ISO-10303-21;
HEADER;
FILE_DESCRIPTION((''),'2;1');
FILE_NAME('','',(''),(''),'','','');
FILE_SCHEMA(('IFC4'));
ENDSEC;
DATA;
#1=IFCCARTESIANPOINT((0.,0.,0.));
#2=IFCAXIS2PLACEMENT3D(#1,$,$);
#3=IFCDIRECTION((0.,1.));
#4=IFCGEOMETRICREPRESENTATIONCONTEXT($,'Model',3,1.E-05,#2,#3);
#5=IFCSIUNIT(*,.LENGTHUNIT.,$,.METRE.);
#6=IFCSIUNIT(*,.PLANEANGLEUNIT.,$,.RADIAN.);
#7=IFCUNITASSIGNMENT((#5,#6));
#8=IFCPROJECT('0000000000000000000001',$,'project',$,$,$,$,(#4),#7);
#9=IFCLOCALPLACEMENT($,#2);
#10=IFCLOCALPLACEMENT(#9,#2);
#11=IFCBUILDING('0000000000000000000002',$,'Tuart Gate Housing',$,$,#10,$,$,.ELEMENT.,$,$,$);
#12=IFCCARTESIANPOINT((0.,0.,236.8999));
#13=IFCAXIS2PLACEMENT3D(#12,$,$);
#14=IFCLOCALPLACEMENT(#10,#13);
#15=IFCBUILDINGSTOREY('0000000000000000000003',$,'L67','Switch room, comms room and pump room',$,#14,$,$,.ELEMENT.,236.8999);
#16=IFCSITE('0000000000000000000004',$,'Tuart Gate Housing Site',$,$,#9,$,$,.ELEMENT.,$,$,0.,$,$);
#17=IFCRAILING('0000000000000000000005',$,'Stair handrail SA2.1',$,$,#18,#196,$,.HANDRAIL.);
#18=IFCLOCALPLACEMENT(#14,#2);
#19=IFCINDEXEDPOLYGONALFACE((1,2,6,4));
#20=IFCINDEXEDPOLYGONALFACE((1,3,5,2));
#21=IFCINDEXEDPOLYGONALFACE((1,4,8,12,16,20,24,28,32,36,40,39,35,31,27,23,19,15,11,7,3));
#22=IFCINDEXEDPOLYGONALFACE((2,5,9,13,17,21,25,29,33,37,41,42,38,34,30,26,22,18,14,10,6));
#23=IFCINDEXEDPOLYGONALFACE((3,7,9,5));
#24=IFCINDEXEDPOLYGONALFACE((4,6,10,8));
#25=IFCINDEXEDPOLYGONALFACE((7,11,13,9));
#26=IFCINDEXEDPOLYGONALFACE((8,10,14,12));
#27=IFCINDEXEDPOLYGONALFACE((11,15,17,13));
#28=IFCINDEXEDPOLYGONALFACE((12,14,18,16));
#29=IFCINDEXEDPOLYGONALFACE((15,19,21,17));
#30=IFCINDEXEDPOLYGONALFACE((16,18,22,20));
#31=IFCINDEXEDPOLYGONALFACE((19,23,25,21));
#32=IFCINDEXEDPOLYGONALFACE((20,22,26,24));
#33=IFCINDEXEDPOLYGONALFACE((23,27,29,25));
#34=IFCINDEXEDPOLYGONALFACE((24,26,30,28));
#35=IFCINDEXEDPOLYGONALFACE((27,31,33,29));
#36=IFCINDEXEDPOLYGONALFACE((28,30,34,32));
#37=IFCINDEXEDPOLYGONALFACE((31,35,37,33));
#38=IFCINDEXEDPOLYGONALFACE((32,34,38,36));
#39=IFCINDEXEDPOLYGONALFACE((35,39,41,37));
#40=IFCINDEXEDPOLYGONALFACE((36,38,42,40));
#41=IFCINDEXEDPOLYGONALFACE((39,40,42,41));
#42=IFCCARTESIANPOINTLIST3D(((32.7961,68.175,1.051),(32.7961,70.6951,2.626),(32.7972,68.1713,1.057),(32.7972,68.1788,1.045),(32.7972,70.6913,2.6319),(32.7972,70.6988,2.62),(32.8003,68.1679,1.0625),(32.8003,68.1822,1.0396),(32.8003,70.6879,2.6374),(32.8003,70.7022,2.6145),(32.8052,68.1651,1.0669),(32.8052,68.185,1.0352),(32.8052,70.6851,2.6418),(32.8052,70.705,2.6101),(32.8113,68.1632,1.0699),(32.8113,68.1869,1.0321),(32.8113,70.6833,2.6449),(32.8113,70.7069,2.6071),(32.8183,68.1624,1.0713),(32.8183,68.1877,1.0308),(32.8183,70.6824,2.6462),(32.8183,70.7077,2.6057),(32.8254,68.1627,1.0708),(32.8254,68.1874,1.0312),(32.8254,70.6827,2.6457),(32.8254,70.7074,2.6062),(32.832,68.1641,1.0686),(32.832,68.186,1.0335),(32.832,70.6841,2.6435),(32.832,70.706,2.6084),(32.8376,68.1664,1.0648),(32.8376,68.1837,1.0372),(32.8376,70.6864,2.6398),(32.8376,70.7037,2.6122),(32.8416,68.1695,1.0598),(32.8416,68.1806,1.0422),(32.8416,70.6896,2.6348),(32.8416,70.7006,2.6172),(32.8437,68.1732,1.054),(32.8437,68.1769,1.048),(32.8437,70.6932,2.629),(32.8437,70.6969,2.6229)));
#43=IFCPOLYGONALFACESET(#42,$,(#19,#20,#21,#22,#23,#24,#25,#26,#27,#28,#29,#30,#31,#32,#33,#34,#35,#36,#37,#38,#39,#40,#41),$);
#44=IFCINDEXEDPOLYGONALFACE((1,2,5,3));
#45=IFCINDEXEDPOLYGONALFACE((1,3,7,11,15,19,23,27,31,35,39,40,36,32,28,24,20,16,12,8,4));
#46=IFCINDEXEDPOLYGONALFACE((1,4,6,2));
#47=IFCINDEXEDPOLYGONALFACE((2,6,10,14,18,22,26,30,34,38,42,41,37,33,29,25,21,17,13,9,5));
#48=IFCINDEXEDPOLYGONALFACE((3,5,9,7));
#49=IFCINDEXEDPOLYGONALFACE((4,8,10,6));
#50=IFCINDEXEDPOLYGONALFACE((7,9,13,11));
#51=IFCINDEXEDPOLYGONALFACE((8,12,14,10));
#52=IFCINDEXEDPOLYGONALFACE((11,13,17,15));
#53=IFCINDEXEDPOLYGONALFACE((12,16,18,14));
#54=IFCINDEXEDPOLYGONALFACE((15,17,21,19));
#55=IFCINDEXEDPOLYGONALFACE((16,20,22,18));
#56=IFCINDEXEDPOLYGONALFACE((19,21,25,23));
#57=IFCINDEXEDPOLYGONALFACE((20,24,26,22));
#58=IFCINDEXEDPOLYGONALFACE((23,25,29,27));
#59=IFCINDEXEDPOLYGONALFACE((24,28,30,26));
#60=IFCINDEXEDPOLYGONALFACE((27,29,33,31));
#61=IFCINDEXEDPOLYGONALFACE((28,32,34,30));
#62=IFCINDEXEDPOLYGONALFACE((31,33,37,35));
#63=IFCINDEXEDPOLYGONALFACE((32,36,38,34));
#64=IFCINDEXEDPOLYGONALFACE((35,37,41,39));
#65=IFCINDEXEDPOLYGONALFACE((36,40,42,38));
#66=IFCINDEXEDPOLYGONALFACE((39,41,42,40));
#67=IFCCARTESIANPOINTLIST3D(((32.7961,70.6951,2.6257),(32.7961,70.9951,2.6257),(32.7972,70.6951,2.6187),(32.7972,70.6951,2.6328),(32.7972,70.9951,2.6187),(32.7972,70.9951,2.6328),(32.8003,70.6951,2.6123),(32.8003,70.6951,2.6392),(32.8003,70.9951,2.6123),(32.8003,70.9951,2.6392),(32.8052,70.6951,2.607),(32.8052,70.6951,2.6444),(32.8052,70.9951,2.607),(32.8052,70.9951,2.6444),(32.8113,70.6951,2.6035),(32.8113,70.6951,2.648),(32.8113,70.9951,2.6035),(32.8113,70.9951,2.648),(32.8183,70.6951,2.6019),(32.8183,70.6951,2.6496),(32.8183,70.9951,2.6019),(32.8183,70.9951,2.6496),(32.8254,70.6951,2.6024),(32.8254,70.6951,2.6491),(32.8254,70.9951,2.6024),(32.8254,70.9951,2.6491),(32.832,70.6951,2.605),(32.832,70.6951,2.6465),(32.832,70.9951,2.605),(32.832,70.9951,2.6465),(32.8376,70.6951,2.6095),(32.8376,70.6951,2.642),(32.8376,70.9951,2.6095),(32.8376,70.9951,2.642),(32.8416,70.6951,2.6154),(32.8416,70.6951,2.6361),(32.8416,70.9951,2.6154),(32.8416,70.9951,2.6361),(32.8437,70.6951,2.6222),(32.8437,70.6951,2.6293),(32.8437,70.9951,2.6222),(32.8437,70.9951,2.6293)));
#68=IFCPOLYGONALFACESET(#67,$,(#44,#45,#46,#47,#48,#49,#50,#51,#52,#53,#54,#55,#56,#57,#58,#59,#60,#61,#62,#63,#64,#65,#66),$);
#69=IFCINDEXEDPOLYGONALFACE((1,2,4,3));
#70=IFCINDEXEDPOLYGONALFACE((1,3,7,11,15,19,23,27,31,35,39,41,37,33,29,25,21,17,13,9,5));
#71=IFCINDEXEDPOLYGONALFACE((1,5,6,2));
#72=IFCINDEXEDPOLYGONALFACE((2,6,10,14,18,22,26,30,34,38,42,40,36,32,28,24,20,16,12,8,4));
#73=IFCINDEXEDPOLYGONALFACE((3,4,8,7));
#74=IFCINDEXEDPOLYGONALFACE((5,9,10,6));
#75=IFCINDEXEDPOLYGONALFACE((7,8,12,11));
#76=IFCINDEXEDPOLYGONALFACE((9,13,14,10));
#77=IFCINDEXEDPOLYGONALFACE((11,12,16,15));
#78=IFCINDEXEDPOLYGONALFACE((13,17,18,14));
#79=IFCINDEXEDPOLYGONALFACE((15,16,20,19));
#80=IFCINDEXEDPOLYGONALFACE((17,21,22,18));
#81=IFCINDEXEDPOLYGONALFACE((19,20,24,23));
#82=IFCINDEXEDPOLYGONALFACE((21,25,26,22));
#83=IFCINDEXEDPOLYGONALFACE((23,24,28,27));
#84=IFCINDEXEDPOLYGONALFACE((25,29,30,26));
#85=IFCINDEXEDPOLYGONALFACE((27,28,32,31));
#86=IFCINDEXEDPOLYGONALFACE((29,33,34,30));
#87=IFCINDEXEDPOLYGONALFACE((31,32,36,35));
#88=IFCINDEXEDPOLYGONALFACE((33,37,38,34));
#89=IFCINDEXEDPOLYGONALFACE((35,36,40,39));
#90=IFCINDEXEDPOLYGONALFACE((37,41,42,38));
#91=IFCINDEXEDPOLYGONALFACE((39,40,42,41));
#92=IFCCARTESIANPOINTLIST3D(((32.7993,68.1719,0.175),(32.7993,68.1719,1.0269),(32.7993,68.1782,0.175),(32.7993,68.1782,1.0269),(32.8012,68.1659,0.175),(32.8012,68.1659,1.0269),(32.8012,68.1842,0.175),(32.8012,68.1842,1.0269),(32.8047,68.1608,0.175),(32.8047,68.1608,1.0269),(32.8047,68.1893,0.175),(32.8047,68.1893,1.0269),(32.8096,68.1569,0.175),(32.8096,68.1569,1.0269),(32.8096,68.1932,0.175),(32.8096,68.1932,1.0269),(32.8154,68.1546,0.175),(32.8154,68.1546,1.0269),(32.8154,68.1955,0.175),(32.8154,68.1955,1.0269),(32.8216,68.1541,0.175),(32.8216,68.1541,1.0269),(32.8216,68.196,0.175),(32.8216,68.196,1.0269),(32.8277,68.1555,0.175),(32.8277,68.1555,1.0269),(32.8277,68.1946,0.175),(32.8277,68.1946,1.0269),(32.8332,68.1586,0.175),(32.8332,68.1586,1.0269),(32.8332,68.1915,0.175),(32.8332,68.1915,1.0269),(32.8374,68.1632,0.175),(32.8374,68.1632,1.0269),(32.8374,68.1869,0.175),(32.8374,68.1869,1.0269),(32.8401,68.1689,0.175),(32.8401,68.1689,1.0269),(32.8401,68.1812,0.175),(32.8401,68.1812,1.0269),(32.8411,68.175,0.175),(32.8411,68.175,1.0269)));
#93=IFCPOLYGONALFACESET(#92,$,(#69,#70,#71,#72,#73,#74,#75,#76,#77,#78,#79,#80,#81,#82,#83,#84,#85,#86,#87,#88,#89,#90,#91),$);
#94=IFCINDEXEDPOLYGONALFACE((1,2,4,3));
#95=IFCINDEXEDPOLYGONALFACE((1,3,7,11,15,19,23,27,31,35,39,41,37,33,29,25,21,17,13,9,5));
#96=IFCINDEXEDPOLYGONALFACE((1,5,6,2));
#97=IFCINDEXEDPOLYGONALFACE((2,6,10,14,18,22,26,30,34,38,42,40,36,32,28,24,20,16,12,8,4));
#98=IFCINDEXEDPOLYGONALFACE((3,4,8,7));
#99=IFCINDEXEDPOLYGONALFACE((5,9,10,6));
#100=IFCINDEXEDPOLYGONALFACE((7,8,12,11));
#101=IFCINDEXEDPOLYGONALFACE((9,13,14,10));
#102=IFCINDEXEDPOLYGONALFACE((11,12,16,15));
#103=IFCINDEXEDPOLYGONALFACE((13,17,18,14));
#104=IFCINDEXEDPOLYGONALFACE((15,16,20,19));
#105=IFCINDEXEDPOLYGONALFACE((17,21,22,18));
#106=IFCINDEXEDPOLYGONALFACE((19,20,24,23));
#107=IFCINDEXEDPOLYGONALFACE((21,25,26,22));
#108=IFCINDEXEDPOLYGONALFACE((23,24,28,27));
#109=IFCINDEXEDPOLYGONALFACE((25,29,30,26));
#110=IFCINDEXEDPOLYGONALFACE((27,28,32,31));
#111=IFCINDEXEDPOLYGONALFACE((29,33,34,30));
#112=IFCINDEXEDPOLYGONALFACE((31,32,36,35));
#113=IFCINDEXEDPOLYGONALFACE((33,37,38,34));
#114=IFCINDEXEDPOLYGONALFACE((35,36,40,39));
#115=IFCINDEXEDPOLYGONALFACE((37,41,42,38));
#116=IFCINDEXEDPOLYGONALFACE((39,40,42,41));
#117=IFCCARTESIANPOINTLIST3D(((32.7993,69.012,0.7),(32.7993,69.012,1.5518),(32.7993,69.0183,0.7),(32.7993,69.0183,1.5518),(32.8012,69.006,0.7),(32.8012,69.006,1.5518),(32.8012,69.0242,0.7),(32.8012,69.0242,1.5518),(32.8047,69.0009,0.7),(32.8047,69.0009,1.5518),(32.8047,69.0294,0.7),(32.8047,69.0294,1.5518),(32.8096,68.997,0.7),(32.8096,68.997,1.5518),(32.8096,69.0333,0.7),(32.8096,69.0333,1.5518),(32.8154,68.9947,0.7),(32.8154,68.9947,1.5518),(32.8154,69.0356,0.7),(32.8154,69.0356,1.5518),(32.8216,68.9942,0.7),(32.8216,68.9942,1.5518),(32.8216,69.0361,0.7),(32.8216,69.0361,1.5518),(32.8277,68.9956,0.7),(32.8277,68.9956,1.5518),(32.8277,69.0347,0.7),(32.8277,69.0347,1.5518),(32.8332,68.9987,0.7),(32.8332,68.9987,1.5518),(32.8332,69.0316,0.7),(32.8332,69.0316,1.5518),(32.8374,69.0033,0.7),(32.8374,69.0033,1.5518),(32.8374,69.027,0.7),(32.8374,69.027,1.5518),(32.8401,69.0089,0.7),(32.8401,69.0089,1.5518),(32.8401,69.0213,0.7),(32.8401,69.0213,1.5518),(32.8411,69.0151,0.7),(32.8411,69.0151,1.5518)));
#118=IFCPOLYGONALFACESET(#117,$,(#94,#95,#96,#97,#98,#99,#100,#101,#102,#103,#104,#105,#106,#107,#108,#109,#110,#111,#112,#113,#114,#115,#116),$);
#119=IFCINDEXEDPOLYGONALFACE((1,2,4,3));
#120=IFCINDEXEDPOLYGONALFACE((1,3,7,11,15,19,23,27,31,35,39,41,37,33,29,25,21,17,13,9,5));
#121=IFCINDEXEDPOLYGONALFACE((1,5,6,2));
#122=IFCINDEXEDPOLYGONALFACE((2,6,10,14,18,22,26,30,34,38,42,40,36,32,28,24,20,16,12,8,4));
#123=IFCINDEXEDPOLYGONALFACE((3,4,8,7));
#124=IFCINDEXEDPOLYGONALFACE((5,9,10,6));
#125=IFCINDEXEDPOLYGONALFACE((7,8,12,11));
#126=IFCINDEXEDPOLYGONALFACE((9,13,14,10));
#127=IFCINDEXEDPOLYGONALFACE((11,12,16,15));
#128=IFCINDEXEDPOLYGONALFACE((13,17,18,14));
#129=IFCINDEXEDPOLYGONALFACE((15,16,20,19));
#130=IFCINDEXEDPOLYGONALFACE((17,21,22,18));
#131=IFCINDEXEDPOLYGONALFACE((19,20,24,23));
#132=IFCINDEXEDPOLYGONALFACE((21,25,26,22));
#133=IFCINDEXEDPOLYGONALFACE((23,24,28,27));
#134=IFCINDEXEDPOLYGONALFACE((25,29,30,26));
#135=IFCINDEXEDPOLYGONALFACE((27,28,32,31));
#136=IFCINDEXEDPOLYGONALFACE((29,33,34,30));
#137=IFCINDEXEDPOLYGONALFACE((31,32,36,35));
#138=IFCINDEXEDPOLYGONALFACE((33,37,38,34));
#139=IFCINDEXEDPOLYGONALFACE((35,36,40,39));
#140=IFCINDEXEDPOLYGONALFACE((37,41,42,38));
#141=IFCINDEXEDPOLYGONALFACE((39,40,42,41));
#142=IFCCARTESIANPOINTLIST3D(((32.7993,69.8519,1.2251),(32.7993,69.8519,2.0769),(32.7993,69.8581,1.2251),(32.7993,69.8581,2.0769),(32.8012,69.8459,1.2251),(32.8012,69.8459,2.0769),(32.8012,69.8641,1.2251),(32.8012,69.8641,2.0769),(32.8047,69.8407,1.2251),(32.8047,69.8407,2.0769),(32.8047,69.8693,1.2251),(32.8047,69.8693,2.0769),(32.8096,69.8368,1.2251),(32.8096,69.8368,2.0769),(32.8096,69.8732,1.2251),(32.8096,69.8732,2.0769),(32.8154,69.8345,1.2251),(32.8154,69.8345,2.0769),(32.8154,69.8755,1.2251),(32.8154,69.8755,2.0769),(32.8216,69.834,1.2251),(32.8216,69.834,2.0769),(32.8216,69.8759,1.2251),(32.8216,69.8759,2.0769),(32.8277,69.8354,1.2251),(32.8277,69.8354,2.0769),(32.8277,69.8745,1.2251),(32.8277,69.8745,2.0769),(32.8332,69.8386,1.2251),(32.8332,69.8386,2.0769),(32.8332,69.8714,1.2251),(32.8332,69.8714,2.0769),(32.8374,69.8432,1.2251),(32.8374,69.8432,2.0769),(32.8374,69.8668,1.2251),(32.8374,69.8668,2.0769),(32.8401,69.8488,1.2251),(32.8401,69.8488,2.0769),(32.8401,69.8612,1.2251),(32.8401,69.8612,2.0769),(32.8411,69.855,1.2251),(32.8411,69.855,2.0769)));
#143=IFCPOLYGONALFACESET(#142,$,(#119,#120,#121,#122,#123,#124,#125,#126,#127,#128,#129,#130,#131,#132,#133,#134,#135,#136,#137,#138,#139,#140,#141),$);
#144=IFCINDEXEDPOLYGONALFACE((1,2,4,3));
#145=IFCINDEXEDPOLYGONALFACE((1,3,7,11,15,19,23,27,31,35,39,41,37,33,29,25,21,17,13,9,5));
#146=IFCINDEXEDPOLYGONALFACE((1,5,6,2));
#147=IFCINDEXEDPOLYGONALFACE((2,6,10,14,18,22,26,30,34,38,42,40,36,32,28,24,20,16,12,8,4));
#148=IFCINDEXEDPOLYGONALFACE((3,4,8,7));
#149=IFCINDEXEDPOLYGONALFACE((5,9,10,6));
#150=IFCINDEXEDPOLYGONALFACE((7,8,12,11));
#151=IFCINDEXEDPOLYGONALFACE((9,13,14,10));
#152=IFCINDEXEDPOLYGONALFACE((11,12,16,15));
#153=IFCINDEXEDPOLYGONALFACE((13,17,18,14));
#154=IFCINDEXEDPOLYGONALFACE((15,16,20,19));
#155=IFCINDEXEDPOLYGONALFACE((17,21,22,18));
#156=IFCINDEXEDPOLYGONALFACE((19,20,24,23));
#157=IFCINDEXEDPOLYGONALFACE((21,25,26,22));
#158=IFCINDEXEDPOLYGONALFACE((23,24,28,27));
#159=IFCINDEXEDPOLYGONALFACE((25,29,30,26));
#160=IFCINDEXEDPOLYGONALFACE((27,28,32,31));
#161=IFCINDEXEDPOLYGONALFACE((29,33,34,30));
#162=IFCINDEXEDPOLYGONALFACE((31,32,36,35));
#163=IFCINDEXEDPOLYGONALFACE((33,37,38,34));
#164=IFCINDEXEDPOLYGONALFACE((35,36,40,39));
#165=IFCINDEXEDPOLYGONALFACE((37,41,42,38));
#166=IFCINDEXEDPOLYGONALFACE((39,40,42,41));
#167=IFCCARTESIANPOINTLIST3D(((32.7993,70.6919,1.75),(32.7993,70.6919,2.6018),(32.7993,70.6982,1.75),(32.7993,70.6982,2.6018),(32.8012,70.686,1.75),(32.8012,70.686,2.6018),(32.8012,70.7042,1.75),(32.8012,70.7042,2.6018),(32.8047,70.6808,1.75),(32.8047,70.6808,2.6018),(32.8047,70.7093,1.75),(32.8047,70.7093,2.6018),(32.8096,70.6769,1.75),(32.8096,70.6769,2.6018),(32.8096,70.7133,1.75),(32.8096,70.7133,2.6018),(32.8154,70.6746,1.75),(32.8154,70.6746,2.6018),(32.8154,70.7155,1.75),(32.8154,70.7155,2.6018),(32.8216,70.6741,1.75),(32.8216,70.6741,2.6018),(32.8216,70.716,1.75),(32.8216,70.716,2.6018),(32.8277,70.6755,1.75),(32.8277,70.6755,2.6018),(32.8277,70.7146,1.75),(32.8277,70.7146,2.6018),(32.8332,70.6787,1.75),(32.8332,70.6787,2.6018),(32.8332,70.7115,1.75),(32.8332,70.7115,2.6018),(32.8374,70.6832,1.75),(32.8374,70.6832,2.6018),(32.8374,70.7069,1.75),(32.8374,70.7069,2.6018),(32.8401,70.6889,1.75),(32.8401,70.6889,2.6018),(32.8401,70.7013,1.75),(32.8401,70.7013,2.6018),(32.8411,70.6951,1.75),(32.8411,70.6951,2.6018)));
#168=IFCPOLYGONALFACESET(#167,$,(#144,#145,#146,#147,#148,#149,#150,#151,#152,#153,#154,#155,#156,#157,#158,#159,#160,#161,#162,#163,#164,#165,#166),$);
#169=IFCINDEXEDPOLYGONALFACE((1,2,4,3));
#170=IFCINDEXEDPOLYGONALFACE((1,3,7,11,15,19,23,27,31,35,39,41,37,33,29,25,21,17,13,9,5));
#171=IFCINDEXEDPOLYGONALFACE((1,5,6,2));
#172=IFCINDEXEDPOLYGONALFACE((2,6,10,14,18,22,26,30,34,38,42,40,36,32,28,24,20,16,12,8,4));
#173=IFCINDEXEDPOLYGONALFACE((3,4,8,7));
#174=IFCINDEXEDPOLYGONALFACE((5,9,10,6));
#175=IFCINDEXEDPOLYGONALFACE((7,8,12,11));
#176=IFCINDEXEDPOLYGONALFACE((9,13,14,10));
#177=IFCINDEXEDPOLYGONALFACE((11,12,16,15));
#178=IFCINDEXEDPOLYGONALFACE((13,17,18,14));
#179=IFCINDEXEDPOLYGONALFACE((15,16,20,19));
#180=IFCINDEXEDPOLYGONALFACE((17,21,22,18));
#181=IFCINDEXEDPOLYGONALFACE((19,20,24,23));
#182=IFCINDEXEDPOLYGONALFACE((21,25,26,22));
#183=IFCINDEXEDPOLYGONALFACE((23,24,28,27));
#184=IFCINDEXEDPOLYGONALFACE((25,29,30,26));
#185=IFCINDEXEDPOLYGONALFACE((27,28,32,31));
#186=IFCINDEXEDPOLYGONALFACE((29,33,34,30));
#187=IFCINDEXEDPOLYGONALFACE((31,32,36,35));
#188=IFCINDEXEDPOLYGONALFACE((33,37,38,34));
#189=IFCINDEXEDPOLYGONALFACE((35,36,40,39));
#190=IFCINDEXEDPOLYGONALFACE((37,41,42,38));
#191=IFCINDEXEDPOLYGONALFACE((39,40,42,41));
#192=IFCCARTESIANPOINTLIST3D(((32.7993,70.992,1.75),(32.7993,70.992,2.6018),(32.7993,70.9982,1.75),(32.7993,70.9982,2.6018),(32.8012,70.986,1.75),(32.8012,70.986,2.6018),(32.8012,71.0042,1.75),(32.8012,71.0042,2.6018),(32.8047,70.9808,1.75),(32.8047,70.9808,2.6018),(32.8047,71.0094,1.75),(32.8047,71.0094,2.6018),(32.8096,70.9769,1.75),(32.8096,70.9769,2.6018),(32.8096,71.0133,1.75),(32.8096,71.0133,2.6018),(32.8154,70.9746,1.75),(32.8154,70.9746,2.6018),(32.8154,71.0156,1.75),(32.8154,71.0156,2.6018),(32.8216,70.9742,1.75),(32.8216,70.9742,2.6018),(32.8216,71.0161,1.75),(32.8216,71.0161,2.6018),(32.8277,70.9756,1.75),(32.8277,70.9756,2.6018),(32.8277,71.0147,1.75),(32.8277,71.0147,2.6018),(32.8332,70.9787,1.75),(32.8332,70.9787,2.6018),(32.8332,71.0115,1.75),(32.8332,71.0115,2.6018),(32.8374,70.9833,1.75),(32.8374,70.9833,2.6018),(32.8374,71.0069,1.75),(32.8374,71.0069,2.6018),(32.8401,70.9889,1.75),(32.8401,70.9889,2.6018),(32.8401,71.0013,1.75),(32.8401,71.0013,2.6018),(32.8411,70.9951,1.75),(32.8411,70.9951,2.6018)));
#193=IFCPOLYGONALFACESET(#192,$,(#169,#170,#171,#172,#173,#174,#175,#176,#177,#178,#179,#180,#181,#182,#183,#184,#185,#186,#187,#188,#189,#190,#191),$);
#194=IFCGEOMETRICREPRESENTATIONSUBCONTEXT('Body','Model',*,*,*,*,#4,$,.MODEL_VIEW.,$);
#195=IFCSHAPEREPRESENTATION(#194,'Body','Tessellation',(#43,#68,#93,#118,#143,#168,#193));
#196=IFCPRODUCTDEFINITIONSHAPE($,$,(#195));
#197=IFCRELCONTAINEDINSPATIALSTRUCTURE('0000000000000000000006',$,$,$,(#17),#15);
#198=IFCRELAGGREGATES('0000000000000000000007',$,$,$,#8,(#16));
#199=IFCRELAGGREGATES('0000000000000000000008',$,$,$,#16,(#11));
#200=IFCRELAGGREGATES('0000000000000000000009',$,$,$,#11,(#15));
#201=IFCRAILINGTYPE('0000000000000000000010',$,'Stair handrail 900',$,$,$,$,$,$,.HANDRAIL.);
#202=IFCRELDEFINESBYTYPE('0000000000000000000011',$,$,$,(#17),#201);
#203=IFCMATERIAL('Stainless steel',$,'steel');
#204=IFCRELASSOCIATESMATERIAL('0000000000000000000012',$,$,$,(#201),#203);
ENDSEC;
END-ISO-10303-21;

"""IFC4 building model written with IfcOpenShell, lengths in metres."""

from ifc_helpers import new_model, si_unit, direction, frame, origin, origin_2d, place, context, subcontext, project, spatial, circle, extrude, material, type_object, element, save


model = new_model("IFC4")

# Units and contexts
model_context = context("Model", 3, precision=1e-05, world=origin(), true_north=direction((0.0, 1.0)))
body_context = subcontext(model_context, "Body", "Model", "MODEL_VIEW")
ifc_project = project(units=[si_unit("LENGTHUNIT", "METRE"), si_unit("PLANEANGLEUNIT", "RADIAN")], contexts=[model_context])

# Site, building, storey
site_placement = place(None, origin())
site = spatial("IfcSite", under=ifc_project, at=site_placement, Name="Tuart Gate Housing Site", CompositionType="ELEMENT", RefElevation=0.0)
building_placement = place(site_placement, origin())
building = spatial("IfcBuilding", under=site, at=building_placement, Name="Tuart Gate Housing", CompositionType="ELEMENT")
storey_placement = place(building_placement, frame((0.0, 0.0, 236.8999)))
storey = spatial("IfcBuildingStorey", under=building, at=storey_placement, Name="L67", Description="Switch room, comms room and pump room", CompositionType="ELEMENT", Elevation=236.8999)

# Railing
ifc_material_1 = material(Name="Stainless steel", Category="steel")
railing_type = type_object("IfcRailingType", Name="Stair handrail 900", PredefinedType="HANDRAIL", material=ifc_material_1)
railing_placement = place(storey_placement, frame((32.8201, 68.175, 0.175)))
element("IfcRailing", 1, at=railing_placement, inside=storey, type_object=railing_type, Name="Stair handrail SA2.1", PredefinedType="HANDRAIL", context=body_context, shape_type="SweptSolid", body=[
    extrude(circle(Radius=0.0239, at=origin_2d()), frame((0.0, 0.0, 0.876), z_axis=(0.0, 0.848008, 0.529984), x_axis=(-1.0, 0.0, 0.0)), (0.0, 0.0, 1.0), 2.9717),
    extrude(circle(Radius=0.0239, at=origin_2d()), frame((0.0, 2.52, 2.4507), z_axis=(0.0, 1.0, 0.0), x_axis=(-1.0, 0.0, 0.0)), (0.0, 0.0, 1.0), 0.3),
    extrude(circle(Radius=0.021, at=origin_2d()), origin(), (0.0, 0.0, 1.0), 0.8518),
    extrude(circle(Radius=0.021, at=origin_2d()), frame((0.0, 0.8401, 0.5249)), (0.0, 0.0, 1.0), 0.8518),
    extrude(circle(Radius=0.021, at=origin_2d()), frame((0.0, 1.6799, 1.05)), (0.0, 0.0, 1.0), 0.8518),
    extrude(circle(Radius=0.021, at=origin_2d()), frame((0.0, 2.52, 1.575)), (0.0, 0.0, 1.0), 0.8518),
    extrude(circle(Radius=0.021, at=origin_2d()), frame((0.0, 2.8201, 1.575)), (0.0, 0.0, 1.0), 0.8518),
])

save(model, "model.ifc")
